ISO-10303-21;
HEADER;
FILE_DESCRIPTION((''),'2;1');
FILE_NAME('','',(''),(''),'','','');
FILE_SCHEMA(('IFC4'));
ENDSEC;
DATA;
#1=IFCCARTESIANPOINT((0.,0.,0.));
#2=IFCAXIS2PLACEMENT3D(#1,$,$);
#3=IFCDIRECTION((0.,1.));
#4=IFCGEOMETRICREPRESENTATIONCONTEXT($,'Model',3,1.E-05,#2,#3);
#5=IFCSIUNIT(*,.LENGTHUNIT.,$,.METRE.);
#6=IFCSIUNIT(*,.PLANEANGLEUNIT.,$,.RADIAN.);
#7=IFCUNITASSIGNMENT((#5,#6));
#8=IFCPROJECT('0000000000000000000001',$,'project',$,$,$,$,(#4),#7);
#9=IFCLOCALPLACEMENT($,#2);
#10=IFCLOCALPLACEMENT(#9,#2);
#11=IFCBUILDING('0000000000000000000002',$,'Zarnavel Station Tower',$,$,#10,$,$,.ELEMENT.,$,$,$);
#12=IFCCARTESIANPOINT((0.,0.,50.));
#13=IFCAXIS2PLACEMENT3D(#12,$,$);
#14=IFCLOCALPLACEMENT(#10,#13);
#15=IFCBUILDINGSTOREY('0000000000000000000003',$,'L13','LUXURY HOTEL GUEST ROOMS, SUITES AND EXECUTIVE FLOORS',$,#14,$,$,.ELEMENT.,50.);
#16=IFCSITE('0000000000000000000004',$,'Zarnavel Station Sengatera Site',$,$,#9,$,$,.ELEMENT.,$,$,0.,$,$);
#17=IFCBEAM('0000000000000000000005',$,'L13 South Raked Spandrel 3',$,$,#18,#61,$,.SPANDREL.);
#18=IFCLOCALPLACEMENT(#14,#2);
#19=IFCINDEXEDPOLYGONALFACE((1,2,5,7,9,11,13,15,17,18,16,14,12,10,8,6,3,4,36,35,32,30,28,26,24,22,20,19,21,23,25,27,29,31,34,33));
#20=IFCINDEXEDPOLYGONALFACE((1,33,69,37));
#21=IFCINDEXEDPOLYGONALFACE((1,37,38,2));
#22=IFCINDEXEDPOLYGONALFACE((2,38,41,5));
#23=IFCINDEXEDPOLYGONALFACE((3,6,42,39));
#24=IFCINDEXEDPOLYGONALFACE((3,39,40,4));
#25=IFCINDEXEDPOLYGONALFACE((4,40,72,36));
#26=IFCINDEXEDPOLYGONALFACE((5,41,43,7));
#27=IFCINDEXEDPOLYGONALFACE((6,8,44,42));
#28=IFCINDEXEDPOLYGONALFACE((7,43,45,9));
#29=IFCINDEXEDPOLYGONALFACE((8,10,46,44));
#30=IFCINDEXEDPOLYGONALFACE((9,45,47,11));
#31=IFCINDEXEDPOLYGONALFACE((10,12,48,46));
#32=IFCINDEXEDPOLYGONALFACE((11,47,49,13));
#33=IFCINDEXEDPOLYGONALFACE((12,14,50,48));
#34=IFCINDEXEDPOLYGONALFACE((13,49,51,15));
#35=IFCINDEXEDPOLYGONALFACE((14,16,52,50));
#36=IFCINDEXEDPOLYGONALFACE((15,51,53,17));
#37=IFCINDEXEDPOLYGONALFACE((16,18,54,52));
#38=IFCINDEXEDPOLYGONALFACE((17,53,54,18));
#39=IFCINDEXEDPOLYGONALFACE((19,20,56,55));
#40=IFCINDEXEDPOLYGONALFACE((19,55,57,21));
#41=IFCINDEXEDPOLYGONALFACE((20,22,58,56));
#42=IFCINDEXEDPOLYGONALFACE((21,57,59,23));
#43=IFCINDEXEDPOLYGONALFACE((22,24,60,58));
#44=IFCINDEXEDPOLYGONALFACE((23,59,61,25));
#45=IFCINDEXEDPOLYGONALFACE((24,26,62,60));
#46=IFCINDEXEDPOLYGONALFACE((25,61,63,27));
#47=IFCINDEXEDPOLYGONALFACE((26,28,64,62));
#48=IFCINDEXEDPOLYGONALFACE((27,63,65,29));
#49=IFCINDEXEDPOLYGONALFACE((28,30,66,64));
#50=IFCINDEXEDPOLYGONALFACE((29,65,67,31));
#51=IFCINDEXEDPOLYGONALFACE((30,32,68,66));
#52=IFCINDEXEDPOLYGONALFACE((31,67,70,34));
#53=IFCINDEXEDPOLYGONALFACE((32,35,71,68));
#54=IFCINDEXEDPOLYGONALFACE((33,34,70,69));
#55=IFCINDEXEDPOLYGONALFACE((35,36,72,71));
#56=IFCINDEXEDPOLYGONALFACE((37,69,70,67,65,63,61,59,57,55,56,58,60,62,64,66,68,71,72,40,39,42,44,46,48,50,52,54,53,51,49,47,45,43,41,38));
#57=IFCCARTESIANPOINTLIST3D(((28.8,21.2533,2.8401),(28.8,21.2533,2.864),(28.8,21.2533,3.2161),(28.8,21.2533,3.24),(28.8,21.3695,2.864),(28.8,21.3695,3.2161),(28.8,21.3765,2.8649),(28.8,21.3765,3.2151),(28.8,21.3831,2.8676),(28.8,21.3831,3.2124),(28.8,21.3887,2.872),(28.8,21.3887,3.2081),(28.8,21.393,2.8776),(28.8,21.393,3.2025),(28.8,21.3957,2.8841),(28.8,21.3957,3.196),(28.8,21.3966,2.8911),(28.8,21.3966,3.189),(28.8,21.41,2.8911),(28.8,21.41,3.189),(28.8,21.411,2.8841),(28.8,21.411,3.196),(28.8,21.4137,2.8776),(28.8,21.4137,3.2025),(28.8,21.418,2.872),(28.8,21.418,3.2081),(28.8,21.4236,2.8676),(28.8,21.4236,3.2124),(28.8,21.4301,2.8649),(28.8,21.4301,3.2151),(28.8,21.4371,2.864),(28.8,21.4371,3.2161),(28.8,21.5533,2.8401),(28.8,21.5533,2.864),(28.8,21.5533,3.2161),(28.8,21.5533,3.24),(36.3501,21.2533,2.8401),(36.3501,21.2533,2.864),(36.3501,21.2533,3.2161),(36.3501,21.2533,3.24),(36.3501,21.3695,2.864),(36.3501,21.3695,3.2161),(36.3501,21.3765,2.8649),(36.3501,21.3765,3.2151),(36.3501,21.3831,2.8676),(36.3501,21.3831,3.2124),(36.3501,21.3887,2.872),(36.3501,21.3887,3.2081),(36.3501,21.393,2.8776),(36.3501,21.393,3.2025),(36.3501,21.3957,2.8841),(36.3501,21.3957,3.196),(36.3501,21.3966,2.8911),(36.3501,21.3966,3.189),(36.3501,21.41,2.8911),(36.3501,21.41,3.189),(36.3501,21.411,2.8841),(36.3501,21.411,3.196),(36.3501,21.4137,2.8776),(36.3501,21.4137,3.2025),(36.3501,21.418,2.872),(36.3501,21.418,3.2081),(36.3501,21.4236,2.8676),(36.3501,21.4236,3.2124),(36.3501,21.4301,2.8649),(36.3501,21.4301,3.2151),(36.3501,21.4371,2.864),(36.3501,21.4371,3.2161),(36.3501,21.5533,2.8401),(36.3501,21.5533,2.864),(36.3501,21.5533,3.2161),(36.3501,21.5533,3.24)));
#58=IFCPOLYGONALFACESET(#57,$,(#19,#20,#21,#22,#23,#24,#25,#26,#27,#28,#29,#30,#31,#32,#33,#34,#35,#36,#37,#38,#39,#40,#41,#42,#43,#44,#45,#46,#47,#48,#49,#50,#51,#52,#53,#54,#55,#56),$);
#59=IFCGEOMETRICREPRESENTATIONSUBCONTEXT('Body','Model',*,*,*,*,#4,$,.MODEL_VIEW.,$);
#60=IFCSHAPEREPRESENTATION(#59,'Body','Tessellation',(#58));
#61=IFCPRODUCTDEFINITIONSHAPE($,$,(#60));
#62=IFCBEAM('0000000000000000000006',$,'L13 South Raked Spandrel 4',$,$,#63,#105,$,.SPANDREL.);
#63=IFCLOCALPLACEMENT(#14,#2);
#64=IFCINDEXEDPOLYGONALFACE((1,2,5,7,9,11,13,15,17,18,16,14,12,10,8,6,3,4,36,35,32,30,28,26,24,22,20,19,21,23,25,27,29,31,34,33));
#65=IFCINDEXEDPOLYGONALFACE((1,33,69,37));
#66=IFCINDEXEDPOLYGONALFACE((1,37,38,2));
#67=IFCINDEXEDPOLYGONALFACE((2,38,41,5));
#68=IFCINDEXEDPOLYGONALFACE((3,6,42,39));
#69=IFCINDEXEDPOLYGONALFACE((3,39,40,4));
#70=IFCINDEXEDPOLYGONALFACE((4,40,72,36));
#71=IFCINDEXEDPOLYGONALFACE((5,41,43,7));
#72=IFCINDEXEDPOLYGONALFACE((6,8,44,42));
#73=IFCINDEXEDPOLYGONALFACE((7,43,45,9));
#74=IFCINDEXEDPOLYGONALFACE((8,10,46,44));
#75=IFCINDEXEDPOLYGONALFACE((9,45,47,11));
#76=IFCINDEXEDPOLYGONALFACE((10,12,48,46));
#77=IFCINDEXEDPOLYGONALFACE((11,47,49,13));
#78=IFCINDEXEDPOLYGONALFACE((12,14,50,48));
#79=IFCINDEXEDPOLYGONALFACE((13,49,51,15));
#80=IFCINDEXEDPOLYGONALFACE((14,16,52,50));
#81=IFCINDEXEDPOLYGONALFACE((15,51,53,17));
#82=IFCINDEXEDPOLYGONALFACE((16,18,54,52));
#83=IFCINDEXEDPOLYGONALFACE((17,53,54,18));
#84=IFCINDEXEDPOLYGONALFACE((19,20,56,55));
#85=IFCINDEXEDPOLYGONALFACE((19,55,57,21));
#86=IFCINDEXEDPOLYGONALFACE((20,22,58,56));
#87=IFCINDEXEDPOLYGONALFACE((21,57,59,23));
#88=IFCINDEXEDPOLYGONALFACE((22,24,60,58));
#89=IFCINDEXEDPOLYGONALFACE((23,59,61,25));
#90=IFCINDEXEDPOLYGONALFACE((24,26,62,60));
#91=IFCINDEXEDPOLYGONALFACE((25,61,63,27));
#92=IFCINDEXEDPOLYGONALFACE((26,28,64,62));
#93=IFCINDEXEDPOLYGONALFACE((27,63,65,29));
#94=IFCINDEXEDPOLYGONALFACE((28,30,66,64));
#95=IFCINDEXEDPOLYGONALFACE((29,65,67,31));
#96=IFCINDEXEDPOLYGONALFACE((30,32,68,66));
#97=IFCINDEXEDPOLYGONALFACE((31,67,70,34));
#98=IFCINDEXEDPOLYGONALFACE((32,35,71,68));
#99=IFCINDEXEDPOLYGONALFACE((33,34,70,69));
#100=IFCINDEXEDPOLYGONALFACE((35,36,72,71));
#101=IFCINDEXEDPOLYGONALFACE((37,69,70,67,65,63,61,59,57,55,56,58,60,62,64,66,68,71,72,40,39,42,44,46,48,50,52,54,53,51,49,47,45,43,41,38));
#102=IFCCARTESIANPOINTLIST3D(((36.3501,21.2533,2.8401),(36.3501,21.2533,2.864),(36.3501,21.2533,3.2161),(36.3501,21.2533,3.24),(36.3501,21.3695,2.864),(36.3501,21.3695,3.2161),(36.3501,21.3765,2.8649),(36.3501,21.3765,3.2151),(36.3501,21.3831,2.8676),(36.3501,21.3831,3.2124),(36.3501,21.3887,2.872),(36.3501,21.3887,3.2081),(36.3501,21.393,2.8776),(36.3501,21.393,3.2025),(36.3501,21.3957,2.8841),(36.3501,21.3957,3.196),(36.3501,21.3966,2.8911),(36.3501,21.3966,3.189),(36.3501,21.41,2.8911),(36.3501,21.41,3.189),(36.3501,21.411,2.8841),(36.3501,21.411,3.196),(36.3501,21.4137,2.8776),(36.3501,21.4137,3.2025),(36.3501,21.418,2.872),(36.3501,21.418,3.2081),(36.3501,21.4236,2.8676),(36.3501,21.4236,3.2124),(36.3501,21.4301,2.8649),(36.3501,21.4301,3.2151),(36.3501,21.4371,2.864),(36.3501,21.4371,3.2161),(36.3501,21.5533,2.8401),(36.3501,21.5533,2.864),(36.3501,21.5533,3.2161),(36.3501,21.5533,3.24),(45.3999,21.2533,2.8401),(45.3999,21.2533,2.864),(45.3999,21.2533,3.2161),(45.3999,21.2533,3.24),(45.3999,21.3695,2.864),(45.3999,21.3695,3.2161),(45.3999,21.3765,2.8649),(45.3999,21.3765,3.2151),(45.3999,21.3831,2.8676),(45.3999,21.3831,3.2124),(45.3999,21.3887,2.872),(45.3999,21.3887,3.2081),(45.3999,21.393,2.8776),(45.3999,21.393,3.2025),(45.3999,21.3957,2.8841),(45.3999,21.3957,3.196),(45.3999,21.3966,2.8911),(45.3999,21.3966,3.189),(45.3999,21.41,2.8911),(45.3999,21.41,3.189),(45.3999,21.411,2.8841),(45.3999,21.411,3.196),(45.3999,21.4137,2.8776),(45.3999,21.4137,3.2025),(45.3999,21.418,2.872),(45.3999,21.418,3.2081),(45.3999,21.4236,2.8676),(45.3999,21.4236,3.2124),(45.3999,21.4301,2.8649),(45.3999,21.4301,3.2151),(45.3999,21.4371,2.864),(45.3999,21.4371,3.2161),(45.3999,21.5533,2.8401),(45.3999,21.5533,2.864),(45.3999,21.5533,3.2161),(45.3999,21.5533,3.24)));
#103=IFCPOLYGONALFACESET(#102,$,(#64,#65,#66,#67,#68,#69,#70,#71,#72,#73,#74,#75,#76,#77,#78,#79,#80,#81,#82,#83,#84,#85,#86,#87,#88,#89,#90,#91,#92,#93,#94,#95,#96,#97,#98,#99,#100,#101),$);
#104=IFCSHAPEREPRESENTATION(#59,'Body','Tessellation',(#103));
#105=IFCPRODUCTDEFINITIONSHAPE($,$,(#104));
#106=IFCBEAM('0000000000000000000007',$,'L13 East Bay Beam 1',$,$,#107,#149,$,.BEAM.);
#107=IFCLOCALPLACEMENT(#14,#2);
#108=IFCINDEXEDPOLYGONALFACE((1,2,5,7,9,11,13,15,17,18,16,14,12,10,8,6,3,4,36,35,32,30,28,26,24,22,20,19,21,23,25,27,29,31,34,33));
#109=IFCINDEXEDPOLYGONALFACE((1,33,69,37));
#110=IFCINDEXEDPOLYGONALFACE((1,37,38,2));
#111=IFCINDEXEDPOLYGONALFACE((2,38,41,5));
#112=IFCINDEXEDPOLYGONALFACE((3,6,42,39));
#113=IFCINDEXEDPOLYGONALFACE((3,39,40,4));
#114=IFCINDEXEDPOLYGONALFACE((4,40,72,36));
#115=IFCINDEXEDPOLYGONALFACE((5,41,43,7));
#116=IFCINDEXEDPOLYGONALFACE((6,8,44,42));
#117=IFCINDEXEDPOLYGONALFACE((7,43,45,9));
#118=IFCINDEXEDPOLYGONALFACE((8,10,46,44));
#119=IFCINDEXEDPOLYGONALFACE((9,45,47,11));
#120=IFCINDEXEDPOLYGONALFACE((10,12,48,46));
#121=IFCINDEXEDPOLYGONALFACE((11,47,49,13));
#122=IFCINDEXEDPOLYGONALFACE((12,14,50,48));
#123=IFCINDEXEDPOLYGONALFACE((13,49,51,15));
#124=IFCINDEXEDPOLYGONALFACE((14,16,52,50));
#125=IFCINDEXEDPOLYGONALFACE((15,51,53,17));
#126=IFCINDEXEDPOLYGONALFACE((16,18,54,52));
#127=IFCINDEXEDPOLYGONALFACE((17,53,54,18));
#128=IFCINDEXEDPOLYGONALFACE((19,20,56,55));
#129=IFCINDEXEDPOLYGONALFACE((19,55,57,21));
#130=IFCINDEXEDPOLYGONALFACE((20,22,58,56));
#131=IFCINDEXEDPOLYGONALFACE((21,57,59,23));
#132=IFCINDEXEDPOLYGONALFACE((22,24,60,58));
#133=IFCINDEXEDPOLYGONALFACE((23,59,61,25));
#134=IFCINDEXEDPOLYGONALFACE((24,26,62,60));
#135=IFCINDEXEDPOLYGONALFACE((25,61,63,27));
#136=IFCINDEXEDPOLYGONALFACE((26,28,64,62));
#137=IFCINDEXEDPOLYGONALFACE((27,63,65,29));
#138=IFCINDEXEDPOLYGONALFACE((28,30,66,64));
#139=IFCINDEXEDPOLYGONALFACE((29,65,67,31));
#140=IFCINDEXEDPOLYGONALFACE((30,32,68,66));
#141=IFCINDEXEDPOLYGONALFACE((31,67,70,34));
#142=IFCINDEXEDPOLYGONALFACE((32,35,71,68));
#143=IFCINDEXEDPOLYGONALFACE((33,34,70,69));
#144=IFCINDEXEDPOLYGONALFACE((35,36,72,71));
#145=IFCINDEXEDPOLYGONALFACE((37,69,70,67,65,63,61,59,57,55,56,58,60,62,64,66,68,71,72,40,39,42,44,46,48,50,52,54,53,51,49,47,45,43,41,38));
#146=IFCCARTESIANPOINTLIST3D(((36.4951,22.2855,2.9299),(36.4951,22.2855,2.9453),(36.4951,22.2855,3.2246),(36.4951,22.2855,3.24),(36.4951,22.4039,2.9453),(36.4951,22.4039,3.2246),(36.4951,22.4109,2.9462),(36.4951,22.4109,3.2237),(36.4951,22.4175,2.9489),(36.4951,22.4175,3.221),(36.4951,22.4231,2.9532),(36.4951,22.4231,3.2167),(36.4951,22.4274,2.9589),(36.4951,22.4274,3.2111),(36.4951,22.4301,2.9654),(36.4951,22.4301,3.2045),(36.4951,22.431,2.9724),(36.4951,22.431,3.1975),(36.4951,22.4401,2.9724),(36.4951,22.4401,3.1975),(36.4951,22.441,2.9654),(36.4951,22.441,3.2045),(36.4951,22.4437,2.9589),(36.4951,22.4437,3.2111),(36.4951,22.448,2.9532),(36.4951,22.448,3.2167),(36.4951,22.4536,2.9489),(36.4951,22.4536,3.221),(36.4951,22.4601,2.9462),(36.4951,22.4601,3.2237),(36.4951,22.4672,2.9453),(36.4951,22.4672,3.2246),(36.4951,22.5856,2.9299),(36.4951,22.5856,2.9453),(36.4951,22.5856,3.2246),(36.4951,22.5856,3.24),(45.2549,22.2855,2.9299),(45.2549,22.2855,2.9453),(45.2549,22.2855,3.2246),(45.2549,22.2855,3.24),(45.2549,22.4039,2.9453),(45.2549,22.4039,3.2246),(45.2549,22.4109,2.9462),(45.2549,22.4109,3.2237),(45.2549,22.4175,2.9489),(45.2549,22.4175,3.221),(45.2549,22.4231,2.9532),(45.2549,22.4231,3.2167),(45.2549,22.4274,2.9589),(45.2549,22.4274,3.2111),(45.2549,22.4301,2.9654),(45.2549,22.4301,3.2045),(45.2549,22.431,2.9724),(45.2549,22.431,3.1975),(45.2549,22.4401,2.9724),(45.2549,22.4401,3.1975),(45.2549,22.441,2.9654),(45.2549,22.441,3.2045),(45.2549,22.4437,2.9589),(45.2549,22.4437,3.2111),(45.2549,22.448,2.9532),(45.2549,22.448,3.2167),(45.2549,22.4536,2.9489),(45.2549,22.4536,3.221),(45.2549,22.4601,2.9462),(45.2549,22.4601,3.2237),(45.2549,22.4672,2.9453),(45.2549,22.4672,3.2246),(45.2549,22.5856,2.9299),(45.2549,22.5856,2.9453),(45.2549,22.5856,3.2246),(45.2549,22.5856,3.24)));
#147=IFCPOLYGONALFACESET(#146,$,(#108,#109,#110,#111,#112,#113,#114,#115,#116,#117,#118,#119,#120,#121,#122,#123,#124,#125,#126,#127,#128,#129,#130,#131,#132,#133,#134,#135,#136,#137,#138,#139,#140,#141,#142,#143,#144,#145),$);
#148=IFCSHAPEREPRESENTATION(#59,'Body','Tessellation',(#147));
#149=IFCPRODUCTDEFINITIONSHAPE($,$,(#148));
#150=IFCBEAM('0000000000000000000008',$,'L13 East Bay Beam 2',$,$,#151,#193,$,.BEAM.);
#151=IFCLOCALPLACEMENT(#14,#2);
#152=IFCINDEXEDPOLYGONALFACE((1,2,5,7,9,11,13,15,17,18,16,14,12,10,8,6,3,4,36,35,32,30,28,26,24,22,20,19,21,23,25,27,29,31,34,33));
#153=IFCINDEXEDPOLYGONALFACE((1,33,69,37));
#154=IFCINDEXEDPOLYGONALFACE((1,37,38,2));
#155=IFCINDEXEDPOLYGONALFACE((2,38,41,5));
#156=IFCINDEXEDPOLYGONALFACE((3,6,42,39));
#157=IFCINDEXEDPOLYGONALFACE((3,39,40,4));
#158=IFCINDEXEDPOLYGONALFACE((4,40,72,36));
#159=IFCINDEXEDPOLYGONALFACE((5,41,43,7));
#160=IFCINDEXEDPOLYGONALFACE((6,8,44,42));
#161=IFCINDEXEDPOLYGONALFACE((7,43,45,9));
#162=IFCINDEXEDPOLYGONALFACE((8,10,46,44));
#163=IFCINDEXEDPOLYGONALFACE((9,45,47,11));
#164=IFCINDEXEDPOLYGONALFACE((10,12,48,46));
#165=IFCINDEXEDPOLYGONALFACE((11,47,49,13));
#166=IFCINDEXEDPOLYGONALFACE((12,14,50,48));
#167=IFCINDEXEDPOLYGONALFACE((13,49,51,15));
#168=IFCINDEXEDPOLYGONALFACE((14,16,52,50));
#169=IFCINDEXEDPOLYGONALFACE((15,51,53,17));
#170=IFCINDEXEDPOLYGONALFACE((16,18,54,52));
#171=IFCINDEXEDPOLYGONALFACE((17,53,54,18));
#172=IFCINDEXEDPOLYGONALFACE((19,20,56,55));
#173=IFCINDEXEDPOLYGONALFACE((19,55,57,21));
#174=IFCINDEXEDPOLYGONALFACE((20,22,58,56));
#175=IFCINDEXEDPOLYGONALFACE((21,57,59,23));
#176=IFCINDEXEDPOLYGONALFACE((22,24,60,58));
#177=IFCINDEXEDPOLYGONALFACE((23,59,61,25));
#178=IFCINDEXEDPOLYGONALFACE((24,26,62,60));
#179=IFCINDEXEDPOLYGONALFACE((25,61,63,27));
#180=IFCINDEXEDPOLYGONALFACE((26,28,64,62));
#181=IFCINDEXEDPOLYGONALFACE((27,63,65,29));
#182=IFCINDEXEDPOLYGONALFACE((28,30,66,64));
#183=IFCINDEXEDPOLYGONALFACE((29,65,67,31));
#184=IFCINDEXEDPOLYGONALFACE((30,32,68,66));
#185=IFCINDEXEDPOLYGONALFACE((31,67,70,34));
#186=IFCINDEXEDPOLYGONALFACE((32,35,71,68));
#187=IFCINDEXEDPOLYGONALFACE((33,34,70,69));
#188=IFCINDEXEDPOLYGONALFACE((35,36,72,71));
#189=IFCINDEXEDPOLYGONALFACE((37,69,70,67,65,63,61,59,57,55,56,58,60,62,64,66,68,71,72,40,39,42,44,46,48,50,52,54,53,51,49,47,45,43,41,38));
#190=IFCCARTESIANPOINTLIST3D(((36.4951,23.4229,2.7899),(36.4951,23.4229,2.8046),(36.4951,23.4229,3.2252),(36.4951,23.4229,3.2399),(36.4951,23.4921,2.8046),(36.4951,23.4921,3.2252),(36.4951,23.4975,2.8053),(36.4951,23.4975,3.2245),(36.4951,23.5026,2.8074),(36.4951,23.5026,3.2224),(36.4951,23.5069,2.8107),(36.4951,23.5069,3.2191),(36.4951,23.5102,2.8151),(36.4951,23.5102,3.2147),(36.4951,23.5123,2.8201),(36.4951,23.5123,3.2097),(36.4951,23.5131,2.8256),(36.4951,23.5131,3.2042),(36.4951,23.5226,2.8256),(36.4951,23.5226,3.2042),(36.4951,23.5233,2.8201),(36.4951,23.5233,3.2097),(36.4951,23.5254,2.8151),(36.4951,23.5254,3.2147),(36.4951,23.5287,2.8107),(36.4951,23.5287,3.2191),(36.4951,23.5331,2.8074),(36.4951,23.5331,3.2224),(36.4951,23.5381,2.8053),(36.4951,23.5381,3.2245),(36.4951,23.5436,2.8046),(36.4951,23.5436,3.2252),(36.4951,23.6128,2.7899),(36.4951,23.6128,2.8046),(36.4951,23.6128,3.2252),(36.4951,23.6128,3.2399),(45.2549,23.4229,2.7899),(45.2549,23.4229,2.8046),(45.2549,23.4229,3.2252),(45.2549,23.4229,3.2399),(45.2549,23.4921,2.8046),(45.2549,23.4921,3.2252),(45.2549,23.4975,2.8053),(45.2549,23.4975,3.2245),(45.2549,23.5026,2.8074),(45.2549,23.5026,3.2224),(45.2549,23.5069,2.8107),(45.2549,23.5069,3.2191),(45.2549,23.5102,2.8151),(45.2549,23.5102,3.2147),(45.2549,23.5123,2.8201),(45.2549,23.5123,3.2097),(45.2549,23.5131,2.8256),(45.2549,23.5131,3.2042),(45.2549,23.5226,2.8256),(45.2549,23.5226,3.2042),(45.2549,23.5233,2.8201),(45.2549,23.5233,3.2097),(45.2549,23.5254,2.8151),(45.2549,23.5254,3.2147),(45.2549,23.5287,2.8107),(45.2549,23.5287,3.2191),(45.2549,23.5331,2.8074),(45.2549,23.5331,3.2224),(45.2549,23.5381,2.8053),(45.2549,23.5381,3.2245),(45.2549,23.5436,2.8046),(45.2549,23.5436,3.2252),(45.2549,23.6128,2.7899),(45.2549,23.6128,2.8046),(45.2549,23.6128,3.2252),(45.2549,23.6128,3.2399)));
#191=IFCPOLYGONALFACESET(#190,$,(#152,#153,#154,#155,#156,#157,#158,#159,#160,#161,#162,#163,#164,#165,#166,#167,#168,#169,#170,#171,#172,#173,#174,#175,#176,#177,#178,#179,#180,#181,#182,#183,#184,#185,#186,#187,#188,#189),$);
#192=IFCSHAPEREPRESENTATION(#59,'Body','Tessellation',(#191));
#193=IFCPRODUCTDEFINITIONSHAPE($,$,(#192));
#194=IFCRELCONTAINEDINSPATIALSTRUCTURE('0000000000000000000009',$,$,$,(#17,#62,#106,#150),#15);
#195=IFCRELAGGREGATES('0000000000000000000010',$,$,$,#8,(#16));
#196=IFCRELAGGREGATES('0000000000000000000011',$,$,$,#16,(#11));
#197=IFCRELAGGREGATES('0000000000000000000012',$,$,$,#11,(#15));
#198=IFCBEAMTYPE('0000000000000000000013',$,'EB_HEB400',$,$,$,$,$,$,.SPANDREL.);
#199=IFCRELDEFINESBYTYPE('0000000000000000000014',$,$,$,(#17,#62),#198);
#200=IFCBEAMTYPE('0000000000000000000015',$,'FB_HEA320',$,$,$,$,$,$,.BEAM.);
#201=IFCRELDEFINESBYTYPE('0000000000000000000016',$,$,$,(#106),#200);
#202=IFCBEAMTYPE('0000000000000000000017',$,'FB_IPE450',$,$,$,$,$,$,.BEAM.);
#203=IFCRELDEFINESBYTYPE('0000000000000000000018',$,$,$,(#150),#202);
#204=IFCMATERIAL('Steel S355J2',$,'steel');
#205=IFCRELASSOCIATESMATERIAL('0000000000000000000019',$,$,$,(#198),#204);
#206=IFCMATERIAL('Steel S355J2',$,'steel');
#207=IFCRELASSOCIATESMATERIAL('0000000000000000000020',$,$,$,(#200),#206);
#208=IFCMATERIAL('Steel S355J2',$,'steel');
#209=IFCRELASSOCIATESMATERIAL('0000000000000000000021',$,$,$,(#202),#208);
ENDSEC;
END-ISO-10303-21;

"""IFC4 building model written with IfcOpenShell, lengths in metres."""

from ifc_helpers import new_model, si_unit, direction, frame, origin, origin_2d, place, context, subcontext, project, spatial, i_section, extrude, material, material_profile, profile_set, type_object, element, save


model = new_model("IFC4")

# Units and contexts
model_context = context("Model", 3, precision=1e-05, world=origin(), true_north=direction((0.0, 1.0)))
body_context = subcontext(model_context, "Body", "Model", "MODEL_VIEW")
ifc_project = project(units=[si_unit("LENGTHUNIT", "METRE"), si_unit("PLANEANGLEUNIT", "RADIAN")], contexts=[model_context])

# Site, building, storey
site_placement = place(None, origin())
site = spatial("IfcSite", under=ifc_project, at=site_placement, Name="Zarnavel Station Sengatera Site", CompositionType="ELEMENT", RefElevation=0.0)
building_placement = place(site_placement, origin())
building = spatial("IfcBuilding", under=site, at=building_placement, Name="Zarnavel Station Tower", CompositionType="ELEMENT")
storey_placement = place(building_placement, frame((0.0, 0.0, 50.0)))
storey = spatial("IfcBuildingStorey", under=building, at=storey_placement, Name="L13", Description="LUXURY HOTEL GUEST ROOMS, SUITES AND EXECUTIVE FLOORS", CompositionType="ELEMENT", Elevation=50.0)

# Beams
ifc_material_1 = material(Name="Steel S355J2", Category="steel")
ifc_material_profile_1 = material_profile(ifc_material_1, i_section(OverallWidth=0.3, OverallDepth=0.3999, WebThickness=0.0134, FlangeThickness=0.0239, FilletRadius=0.0271, at=origin_2d()), Name="HEB400")
ifc_profile_set_1 = profile_set([ifc_material_profile_1], Name="Steel S355J2")
beam_type_1 = type_object("IfcBeamType", Name="EB_HEB400", PredefinedType="SPANDREL", material=ifc_profile_set_1)
beam_1_placement = place(storey_placement, frame((28.8, 21.4033, 3.04), z_axis=(1.0, 0.0, 0.0), x_axis=(0.0, 1.0, 0.0)))
element("IfcBeam", 1, at=beam_1_placement, inside=storey, type_object=beam_type_1, Name="L13 South Raked Spandrel 3", PredefinedType="SPANDREL", context=body_context, shape_type="SweptSolid", body=[
    extrude(i_section(OverallWidth=0.3, OverallDepth=0.3999, WebThickness=0.0134, FlangeThickness=0.0239, FilletRadius=0.0271, at=origin_2d()), origin(), (0.0, 0.0, 1.0), 7.55),
])
beam_2_placement = place(storey_placement, frame((36.3501, 21.4033, 3.04), z_axis=(1.0, 0.0, 0.0), x_axis=(0.0, 1.0, 0.0)))
element("IfcBeam", 2, at=beam_2_placement, inside=storey, type_object=beam_type_1, Name="L13 South Raked Spandrel 4", PredefinedType="SPANDREL", context=body_context, shape_type="SweptSolid", body=[
    extrude(i_section(OverallWidth=0.3, OverallDepth=0.3999, WebThickness=0.0134, FlangeThickness=0.0239, FilletRadius=0.0271, at=origin_2d()), origin(), (0.0, 0.0, 1.0), 9.0498),
])
ifc_material_2 = material(Name="Steel S355J2", Category="steel")
ifc_material_profile_2 = material_profile(ifc_material_2, i_section(OverallWidth=0.3, OverallDepth=0.3101, WebThickness=0.009, FlangeThickness=0.0154, FilletRadius=0.0271, at=origin_2d()), Name="HEA320")
ifc_profile_set_2 = profile_set([ifc_material_profile_2], Name="Steel S355J2")
beam_type_2 = type_object("IfcBeamType", Name="FB_HEA320", PredefinedType="BEAM", material=ifc_profile_set_2)
beam_3_placement = place(storey_placement, frame((36.4951, 22.4355, 3.085), z_axis=(1.0, 0.0, 0.0), x_axis=(0.0, 1.0, 0.0)))
element("IfcBeam", 3, at=beam_3_placement, inside=storey, type_object=beam_type_2, Name="L13 East Bay Beam 1", PredefinedType="BEAM", context=body_context, shape_type="SweptSolid", body=[
    extrude(i_section(OverallWidth=0.3, OverallDepth=0.3101, WebThickness=0.009, FlangeThickness=0.0154, FilletRadius=0.0271, at=origin_2d()), origin(), (0.0, 0.0, 1.0), 8.7598),
])
ifc_material_3 = material(Name="Steel S355J2", Category="steel")
ifc_material_profile_3 = material_profile(ifc_material_3, i_section(OverallWidth=0.1899, OverallDepth=0.45, WebThickness=0.0095, FlangeThickness=0.0146, FilletRadius=0.021, at=origin_2d()), Name="IPE450")
ifc_profile_set_3 = profile_set([ifc_material_profile_3], Name="Steel S355J2")
beam_type_3 = type_object("IfcBeamType", Name="FB_IPE450", PredefinedType="BEAM", material=ifc_profile_set_3)
beam_4_placement = place(storey_placement, frame((36.4951, 23.5178, 3.0149), z_axis=(1.0, 0.0, 0.0), x_axis=(0.0, 1.0, 0.0)))
element("IfcBeam", 4, at=beam_4_placement, inside=storey, type_object=beam_type_3, Name="L13 East Bay Beam 2", PredefinedType="BEAM", context=body_context, shape_type="SweptSolid", body=[
    extrude(i_section(OverallWidth=0.1899, OverallDepth=0.45, WebThickness=0.0095, FlangeThickness=0.0146, FilletRadius=0.021, at=origin_2d()), origin(), (0.0, 0.0, 1.0), 8.7598),
])

save(model, "model.ifc")
